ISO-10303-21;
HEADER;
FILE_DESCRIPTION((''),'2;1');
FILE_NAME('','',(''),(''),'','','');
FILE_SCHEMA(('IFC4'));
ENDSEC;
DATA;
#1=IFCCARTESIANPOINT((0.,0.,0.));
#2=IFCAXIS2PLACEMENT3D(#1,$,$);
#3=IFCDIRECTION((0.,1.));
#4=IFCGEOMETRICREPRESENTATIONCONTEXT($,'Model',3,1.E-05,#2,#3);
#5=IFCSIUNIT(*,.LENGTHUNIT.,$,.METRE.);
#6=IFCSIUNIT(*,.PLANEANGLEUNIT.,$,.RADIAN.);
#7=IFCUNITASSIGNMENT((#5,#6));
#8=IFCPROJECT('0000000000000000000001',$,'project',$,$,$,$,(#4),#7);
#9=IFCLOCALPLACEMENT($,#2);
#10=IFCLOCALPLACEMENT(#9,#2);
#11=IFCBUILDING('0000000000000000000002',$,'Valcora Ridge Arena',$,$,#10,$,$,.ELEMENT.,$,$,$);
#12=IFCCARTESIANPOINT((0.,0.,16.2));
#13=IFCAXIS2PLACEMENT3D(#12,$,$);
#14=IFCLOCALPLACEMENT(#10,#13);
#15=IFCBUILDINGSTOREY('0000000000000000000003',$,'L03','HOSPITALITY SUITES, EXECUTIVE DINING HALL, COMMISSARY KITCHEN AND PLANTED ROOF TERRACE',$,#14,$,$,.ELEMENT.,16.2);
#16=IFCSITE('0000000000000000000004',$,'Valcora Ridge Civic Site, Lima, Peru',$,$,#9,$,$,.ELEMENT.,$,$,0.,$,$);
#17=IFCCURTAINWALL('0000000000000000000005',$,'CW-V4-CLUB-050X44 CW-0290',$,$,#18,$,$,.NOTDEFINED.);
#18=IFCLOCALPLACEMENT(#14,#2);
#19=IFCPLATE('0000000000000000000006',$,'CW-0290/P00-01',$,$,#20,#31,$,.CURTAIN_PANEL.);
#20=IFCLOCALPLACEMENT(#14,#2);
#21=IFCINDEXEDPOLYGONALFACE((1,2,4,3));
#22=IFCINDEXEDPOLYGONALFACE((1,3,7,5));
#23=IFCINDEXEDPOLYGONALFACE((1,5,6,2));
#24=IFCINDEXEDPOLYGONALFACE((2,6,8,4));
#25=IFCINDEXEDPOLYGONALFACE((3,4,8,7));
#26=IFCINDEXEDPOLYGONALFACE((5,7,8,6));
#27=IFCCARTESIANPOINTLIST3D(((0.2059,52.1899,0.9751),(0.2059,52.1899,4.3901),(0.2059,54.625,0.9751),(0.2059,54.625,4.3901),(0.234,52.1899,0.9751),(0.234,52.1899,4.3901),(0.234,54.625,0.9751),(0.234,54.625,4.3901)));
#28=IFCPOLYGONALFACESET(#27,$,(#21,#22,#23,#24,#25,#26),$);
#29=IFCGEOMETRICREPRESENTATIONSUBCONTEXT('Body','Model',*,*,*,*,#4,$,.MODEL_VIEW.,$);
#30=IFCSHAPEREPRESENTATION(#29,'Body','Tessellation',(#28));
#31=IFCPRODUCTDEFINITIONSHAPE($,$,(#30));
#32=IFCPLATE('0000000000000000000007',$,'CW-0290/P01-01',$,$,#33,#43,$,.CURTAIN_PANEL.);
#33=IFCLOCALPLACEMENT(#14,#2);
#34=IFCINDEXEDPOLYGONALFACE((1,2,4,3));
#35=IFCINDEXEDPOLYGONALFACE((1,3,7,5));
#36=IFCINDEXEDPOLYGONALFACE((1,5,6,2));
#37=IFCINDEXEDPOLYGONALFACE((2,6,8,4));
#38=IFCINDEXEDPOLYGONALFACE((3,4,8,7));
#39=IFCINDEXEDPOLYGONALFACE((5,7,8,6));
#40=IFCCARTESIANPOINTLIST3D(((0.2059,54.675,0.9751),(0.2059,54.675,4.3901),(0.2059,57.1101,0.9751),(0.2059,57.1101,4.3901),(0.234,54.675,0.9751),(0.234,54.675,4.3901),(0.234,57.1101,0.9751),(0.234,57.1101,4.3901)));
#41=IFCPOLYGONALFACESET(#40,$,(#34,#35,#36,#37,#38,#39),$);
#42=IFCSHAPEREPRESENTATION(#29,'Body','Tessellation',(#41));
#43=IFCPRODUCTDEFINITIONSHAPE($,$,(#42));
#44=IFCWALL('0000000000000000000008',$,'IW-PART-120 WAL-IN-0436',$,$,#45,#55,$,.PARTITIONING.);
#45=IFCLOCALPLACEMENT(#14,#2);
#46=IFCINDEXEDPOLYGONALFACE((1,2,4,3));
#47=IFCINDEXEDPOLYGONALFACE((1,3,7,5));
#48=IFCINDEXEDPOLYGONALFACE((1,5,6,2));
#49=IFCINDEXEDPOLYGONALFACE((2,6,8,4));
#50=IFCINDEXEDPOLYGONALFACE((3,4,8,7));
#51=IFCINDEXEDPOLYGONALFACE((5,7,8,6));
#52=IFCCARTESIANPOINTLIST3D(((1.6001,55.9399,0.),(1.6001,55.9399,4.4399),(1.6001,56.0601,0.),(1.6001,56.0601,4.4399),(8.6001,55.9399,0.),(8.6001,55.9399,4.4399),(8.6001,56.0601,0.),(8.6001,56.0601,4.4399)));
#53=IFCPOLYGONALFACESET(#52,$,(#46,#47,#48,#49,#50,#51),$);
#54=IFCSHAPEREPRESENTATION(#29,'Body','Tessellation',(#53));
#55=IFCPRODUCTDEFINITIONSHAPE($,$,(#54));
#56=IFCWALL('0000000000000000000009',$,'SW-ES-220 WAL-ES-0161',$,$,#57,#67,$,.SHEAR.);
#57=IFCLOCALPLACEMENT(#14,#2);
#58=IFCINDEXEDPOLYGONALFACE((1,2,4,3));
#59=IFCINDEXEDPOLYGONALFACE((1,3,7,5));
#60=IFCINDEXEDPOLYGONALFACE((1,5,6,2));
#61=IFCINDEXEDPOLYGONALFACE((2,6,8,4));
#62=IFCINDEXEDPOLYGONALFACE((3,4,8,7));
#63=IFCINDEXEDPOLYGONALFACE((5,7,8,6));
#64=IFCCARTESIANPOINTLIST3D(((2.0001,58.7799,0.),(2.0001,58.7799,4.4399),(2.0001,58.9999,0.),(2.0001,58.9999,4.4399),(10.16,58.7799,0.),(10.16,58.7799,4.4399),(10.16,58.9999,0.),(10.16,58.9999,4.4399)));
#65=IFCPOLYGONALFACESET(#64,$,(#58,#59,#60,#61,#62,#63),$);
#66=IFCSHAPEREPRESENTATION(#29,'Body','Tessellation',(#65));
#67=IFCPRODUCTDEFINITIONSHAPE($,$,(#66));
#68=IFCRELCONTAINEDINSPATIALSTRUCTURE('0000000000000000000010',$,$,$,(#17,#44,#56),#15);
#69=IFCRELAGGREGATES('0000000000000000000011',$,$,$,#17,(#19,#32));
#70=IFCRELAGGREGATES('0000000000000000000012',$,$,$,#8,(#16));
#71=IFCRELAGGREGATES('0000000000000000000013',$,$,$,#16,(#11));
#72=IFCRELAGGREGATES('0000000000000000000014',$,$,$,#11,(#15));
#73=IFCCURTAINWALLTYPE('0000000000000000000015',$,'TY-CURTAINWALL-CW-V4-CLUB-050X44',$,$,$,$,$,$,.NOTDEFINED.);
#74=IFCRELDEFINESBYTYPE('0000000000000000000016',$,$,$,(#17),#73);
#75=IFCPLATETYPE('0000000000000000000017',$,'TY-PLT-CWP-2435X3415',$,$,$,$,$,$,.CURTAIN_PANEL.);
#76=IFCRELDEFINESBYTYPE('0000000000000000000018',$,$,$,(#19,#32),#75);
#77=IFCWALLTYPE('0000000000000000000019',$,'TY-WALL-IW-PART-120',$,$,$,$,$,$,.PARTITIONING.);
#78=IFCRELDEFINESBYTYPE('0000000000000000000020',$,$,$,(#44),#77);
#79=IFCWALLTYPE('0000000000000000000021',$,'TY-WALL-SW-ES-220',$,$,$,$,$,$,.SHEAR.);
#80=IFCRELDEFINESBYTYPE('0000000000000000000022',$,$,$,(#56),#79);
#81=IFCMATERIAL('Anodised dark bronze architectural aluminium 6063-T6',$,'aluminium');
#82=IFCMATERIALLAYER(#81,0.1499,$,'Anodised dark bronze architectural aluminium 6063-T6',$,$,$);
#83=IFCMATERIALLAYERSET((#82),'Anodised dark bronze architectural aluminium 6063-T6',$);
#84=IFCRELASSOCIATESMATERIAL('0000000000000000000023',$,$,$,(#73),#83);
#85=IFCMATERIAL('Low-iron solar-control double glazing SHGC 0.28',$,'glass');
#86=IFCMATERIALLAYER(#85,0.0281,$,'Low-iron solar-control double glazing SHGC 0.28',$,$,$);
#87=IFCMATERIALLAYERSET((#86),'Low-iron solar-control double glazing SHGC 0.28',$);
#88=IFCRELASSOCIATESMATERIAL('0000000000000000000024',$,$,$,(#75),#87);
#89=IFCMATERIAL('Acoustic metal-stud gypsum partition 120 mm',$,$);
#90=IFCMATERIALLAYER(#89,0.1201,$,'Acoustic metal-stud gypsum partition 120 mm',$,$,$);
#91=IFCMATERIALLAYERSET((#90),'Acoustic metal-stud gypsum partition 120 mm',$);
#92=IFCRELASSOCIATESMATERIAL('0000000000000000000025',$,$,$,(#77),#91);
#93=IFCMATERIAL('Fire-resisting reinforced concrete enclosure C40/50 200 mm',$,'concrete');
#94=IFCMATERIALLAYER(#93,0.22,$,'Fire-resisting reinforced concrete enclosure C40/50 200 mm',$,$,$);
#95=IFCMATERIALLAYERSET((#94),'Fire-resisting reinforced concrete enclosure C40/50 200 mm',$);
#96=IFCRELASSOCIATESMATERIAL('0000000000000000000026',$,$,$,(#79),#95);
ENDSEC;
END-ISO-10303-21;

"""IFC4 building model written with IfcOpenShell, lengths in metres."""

from ifc_helpers import new_model, si_unit, direction, frame, frame_2d, origin, origin_2d, place, context, subcontext, project, spatial, rectangle, extrude, material, layer, layer_set, type_object, element, aggregate, save


model = new_model("IFC4")

# Units and contexts
model_context = context("Model", 3, precision=1e-05, world=origin(), true_north=direction((0.0, 1.0)))
body_context = subcontext(model_context, "Body", "Model", "MODEL_VIEW")
ifc_project = project(units=[si_unit("LENGTHUNIT", "METRE"), si_unit("PLANEANGLEUNIT", "RADIAN")], contexts=[model_context])

# Site, building, storey
site_placement = place(None, origin())
site = spatial("IfcSite", under=ifc_project, at=site_placement, Name="Valcora Ridge Civic Site, Lima, Peru", CompositionType="ELEMENT", RefElevation=0.0)
building_placement = place(site_placement, origin())
building = spatial("IfcBuilding", under=site, at=building_placement, Name="Valcora Ridge Arena", CompositionType="ELEMENT")
storey_placement = place(building_placement, frame((0.0, 0.0, 16.2)))
storey = spatial("IfcBuildingStorey", under=building, at=storey_placement, Name="L03", Description="HOSPITALITY SUITES, EXECUTIVE DINING HALL, COMMISSARY KITCHEN AND PLANTED ROOF TERRACE", CompositionType="ELEMENT", Elevation=16.2)

# Curtain wall
ifc_material_1 = material(Name="Anodised dark bronze architectural aluminium 6063-T6", Category="aluminium")
ifc_layer_1 = layer(ifc_material_1, 0.1499, Name="Anodised dark bronze architectural aluminium 6063-T6")
ifc_layer_set_1 = layer_set([ifc_layer_1], Name="Anodised dark bronze architectural aluminium 6063-T6")
curtain_wall_type_1 = type_object("IfcCurtainWallType", Name="TY-CURTAINWALL-CW-V4-CLUB-050X44", PredefinedType="NOTDEFINED", material=ifc_layer_set_1)
curtain_wall_1_placement = place(storey_placement, origin())
curtain_wall_1 = element("IfcCurtainWall", 1, at=curtain_wall_1_placement, inside=storey, type_object=curtain_wall_type_1, Name="CW-V4-CLUB-050X44 CW-0290", PredefinedType="NOTDEFINED")

# Plates
ifc_material_2 = material(Name="Low-iron solar-control double glazing SHGC 0.28", Category="glass")
ifc_layer_2 = layer(ifc_material_2, 0.0281, Name="Low-iron solar-control double glazing SHGC 0.28")
ifc_layer_set_2 = layer_set([ifc_layer_2], Name="Low-iron solar-control double glazing SHGC 0.28")
plate_type_1 = type_object("IfcPlateType", Name="TY-PLT-CWP-2435X3415", PredefinedType="CURTAIN_PANEL", material=ifc_layer_set_2)
plate_1_placement = place(storey_placement, frame((0.22, 53.4075, 0.9751), z_axis=(0.0, 0.0, 1.0), x_axis=(0.0, 1.0, 0.0)))
plate_1 = element("IfcPlate", 2, at=plate_1_placement, type_object=plate_type_1, Name="CW-0290/P00-01", PredefinedType="CURTAIN_PANEL", context=body_context, shape_type="SweptSolid", body=[
    extrude(rectangle(XDim=2.4351, YDim=0.0281, at=origin_2d()), origin(), (0.0, 0.0, 1.0), 3.415),
])
plate_2_placement = place(storey_placement, frame((0.22, 55.8926, 0.9751), z_axis=(0.0, 0.0, 1.0), x_axis=(0.0, 1.0, 0.0)))
plate_2 = element("IfcPlate", 3, at=plate_2_placement, type_object=plate_type_1, Name="CW-0290/P01-01", PredefinedType="CURTAIN_PANEL", context=body_context, shape_type="SweptSolid", body=[
    extrude(rectangle(XDim=2.4351, YDim=0.0281, at=origin_2d()), origin(), (0.0, 0.0, 1.0), 3.415),
])
aggregate(curtain_wall_1, [plate_1, plate_2])

# Walls
ifc_material_3 = material(Name="Acoustic metal-stud gypsum partition 120 mm")
ifc_layer_3 = layer(ifc_material_3, 0.1201, Name="Acoustic metal-stud gypsum partition 120 mm")
ifc_layer_set_3 = layer_set([ifc_layer_3], Name="Acoustic metal-stud gypsum partition 120 mm")
wall_type_1 = type_object("IfcWallType", Name="TY-WALL-IW-PART-120", PredefinedType="PARTITIONING", material=ifc_layer_set_3)
wall_1_placement = place(storey_placement, frame((1.6001, 56.0, 0.0), z_axis=(0.0, 0.0, 1.0), x_axis=(1.0, 0.0, 0.0)))
element("IfcWall", 4, at=wall_1_placement, inside=storey, type_object=wall_type_1, Name="IW-PART-120 WAL-IN-0436", PredefinedType="PARTITIONING", context=body_context, shape_type="SweptSolid", body=[
    extrude(rectangle(XDim=7.0, YDim=0.1201, at=frame_2d((3.5, 0.0))), origin(), (0.0, 0.0, 1.0), 4.4399),
])
ifc_material_4 = material(Name="Fire-resisting reinforced concrete enclosure C40/50 200 mm", Category="concrete")
ifc_layer_4 = layer(ifc_material_4, 0.22, Name="Fire-resisting reinforced concrete enclosure C40/50 200 mm")
ifc_layer_set_4 = layer_set([ifc_layer_4], Name="Fire-resisting reinforced concrete enclosure C40/50 200 mm")
wall_type_2 = type_object("IfcWallType", Name="TY-WALL-SW-ES-220", PredefinedType="SHEAR", material=ifc_layer_set_4)
wall_2_placement = place(storey_placement, frame((2.0, 58.8899, 0.0), z_axis=(0.0, 0.0, 1.0), x_axis=(1.0, 0.0, 0.0)))
element("IfcWall", 5, at=wall_2_placement, inside=storey, type_object=wall_type_2, Name="SW-ES-220 WAL-ES-0161", PredefinedType="SHEAR", context=body_context, shape_type="SweptSolid", body=[
    extrude(rectangle(XDim=8.1599, YDim=0.22, at=frame_2d((4.0801, 0.0))), origin(), (0.0, 0.0, 1.0), 4.4399),
])

save(model, "model.ifc")
